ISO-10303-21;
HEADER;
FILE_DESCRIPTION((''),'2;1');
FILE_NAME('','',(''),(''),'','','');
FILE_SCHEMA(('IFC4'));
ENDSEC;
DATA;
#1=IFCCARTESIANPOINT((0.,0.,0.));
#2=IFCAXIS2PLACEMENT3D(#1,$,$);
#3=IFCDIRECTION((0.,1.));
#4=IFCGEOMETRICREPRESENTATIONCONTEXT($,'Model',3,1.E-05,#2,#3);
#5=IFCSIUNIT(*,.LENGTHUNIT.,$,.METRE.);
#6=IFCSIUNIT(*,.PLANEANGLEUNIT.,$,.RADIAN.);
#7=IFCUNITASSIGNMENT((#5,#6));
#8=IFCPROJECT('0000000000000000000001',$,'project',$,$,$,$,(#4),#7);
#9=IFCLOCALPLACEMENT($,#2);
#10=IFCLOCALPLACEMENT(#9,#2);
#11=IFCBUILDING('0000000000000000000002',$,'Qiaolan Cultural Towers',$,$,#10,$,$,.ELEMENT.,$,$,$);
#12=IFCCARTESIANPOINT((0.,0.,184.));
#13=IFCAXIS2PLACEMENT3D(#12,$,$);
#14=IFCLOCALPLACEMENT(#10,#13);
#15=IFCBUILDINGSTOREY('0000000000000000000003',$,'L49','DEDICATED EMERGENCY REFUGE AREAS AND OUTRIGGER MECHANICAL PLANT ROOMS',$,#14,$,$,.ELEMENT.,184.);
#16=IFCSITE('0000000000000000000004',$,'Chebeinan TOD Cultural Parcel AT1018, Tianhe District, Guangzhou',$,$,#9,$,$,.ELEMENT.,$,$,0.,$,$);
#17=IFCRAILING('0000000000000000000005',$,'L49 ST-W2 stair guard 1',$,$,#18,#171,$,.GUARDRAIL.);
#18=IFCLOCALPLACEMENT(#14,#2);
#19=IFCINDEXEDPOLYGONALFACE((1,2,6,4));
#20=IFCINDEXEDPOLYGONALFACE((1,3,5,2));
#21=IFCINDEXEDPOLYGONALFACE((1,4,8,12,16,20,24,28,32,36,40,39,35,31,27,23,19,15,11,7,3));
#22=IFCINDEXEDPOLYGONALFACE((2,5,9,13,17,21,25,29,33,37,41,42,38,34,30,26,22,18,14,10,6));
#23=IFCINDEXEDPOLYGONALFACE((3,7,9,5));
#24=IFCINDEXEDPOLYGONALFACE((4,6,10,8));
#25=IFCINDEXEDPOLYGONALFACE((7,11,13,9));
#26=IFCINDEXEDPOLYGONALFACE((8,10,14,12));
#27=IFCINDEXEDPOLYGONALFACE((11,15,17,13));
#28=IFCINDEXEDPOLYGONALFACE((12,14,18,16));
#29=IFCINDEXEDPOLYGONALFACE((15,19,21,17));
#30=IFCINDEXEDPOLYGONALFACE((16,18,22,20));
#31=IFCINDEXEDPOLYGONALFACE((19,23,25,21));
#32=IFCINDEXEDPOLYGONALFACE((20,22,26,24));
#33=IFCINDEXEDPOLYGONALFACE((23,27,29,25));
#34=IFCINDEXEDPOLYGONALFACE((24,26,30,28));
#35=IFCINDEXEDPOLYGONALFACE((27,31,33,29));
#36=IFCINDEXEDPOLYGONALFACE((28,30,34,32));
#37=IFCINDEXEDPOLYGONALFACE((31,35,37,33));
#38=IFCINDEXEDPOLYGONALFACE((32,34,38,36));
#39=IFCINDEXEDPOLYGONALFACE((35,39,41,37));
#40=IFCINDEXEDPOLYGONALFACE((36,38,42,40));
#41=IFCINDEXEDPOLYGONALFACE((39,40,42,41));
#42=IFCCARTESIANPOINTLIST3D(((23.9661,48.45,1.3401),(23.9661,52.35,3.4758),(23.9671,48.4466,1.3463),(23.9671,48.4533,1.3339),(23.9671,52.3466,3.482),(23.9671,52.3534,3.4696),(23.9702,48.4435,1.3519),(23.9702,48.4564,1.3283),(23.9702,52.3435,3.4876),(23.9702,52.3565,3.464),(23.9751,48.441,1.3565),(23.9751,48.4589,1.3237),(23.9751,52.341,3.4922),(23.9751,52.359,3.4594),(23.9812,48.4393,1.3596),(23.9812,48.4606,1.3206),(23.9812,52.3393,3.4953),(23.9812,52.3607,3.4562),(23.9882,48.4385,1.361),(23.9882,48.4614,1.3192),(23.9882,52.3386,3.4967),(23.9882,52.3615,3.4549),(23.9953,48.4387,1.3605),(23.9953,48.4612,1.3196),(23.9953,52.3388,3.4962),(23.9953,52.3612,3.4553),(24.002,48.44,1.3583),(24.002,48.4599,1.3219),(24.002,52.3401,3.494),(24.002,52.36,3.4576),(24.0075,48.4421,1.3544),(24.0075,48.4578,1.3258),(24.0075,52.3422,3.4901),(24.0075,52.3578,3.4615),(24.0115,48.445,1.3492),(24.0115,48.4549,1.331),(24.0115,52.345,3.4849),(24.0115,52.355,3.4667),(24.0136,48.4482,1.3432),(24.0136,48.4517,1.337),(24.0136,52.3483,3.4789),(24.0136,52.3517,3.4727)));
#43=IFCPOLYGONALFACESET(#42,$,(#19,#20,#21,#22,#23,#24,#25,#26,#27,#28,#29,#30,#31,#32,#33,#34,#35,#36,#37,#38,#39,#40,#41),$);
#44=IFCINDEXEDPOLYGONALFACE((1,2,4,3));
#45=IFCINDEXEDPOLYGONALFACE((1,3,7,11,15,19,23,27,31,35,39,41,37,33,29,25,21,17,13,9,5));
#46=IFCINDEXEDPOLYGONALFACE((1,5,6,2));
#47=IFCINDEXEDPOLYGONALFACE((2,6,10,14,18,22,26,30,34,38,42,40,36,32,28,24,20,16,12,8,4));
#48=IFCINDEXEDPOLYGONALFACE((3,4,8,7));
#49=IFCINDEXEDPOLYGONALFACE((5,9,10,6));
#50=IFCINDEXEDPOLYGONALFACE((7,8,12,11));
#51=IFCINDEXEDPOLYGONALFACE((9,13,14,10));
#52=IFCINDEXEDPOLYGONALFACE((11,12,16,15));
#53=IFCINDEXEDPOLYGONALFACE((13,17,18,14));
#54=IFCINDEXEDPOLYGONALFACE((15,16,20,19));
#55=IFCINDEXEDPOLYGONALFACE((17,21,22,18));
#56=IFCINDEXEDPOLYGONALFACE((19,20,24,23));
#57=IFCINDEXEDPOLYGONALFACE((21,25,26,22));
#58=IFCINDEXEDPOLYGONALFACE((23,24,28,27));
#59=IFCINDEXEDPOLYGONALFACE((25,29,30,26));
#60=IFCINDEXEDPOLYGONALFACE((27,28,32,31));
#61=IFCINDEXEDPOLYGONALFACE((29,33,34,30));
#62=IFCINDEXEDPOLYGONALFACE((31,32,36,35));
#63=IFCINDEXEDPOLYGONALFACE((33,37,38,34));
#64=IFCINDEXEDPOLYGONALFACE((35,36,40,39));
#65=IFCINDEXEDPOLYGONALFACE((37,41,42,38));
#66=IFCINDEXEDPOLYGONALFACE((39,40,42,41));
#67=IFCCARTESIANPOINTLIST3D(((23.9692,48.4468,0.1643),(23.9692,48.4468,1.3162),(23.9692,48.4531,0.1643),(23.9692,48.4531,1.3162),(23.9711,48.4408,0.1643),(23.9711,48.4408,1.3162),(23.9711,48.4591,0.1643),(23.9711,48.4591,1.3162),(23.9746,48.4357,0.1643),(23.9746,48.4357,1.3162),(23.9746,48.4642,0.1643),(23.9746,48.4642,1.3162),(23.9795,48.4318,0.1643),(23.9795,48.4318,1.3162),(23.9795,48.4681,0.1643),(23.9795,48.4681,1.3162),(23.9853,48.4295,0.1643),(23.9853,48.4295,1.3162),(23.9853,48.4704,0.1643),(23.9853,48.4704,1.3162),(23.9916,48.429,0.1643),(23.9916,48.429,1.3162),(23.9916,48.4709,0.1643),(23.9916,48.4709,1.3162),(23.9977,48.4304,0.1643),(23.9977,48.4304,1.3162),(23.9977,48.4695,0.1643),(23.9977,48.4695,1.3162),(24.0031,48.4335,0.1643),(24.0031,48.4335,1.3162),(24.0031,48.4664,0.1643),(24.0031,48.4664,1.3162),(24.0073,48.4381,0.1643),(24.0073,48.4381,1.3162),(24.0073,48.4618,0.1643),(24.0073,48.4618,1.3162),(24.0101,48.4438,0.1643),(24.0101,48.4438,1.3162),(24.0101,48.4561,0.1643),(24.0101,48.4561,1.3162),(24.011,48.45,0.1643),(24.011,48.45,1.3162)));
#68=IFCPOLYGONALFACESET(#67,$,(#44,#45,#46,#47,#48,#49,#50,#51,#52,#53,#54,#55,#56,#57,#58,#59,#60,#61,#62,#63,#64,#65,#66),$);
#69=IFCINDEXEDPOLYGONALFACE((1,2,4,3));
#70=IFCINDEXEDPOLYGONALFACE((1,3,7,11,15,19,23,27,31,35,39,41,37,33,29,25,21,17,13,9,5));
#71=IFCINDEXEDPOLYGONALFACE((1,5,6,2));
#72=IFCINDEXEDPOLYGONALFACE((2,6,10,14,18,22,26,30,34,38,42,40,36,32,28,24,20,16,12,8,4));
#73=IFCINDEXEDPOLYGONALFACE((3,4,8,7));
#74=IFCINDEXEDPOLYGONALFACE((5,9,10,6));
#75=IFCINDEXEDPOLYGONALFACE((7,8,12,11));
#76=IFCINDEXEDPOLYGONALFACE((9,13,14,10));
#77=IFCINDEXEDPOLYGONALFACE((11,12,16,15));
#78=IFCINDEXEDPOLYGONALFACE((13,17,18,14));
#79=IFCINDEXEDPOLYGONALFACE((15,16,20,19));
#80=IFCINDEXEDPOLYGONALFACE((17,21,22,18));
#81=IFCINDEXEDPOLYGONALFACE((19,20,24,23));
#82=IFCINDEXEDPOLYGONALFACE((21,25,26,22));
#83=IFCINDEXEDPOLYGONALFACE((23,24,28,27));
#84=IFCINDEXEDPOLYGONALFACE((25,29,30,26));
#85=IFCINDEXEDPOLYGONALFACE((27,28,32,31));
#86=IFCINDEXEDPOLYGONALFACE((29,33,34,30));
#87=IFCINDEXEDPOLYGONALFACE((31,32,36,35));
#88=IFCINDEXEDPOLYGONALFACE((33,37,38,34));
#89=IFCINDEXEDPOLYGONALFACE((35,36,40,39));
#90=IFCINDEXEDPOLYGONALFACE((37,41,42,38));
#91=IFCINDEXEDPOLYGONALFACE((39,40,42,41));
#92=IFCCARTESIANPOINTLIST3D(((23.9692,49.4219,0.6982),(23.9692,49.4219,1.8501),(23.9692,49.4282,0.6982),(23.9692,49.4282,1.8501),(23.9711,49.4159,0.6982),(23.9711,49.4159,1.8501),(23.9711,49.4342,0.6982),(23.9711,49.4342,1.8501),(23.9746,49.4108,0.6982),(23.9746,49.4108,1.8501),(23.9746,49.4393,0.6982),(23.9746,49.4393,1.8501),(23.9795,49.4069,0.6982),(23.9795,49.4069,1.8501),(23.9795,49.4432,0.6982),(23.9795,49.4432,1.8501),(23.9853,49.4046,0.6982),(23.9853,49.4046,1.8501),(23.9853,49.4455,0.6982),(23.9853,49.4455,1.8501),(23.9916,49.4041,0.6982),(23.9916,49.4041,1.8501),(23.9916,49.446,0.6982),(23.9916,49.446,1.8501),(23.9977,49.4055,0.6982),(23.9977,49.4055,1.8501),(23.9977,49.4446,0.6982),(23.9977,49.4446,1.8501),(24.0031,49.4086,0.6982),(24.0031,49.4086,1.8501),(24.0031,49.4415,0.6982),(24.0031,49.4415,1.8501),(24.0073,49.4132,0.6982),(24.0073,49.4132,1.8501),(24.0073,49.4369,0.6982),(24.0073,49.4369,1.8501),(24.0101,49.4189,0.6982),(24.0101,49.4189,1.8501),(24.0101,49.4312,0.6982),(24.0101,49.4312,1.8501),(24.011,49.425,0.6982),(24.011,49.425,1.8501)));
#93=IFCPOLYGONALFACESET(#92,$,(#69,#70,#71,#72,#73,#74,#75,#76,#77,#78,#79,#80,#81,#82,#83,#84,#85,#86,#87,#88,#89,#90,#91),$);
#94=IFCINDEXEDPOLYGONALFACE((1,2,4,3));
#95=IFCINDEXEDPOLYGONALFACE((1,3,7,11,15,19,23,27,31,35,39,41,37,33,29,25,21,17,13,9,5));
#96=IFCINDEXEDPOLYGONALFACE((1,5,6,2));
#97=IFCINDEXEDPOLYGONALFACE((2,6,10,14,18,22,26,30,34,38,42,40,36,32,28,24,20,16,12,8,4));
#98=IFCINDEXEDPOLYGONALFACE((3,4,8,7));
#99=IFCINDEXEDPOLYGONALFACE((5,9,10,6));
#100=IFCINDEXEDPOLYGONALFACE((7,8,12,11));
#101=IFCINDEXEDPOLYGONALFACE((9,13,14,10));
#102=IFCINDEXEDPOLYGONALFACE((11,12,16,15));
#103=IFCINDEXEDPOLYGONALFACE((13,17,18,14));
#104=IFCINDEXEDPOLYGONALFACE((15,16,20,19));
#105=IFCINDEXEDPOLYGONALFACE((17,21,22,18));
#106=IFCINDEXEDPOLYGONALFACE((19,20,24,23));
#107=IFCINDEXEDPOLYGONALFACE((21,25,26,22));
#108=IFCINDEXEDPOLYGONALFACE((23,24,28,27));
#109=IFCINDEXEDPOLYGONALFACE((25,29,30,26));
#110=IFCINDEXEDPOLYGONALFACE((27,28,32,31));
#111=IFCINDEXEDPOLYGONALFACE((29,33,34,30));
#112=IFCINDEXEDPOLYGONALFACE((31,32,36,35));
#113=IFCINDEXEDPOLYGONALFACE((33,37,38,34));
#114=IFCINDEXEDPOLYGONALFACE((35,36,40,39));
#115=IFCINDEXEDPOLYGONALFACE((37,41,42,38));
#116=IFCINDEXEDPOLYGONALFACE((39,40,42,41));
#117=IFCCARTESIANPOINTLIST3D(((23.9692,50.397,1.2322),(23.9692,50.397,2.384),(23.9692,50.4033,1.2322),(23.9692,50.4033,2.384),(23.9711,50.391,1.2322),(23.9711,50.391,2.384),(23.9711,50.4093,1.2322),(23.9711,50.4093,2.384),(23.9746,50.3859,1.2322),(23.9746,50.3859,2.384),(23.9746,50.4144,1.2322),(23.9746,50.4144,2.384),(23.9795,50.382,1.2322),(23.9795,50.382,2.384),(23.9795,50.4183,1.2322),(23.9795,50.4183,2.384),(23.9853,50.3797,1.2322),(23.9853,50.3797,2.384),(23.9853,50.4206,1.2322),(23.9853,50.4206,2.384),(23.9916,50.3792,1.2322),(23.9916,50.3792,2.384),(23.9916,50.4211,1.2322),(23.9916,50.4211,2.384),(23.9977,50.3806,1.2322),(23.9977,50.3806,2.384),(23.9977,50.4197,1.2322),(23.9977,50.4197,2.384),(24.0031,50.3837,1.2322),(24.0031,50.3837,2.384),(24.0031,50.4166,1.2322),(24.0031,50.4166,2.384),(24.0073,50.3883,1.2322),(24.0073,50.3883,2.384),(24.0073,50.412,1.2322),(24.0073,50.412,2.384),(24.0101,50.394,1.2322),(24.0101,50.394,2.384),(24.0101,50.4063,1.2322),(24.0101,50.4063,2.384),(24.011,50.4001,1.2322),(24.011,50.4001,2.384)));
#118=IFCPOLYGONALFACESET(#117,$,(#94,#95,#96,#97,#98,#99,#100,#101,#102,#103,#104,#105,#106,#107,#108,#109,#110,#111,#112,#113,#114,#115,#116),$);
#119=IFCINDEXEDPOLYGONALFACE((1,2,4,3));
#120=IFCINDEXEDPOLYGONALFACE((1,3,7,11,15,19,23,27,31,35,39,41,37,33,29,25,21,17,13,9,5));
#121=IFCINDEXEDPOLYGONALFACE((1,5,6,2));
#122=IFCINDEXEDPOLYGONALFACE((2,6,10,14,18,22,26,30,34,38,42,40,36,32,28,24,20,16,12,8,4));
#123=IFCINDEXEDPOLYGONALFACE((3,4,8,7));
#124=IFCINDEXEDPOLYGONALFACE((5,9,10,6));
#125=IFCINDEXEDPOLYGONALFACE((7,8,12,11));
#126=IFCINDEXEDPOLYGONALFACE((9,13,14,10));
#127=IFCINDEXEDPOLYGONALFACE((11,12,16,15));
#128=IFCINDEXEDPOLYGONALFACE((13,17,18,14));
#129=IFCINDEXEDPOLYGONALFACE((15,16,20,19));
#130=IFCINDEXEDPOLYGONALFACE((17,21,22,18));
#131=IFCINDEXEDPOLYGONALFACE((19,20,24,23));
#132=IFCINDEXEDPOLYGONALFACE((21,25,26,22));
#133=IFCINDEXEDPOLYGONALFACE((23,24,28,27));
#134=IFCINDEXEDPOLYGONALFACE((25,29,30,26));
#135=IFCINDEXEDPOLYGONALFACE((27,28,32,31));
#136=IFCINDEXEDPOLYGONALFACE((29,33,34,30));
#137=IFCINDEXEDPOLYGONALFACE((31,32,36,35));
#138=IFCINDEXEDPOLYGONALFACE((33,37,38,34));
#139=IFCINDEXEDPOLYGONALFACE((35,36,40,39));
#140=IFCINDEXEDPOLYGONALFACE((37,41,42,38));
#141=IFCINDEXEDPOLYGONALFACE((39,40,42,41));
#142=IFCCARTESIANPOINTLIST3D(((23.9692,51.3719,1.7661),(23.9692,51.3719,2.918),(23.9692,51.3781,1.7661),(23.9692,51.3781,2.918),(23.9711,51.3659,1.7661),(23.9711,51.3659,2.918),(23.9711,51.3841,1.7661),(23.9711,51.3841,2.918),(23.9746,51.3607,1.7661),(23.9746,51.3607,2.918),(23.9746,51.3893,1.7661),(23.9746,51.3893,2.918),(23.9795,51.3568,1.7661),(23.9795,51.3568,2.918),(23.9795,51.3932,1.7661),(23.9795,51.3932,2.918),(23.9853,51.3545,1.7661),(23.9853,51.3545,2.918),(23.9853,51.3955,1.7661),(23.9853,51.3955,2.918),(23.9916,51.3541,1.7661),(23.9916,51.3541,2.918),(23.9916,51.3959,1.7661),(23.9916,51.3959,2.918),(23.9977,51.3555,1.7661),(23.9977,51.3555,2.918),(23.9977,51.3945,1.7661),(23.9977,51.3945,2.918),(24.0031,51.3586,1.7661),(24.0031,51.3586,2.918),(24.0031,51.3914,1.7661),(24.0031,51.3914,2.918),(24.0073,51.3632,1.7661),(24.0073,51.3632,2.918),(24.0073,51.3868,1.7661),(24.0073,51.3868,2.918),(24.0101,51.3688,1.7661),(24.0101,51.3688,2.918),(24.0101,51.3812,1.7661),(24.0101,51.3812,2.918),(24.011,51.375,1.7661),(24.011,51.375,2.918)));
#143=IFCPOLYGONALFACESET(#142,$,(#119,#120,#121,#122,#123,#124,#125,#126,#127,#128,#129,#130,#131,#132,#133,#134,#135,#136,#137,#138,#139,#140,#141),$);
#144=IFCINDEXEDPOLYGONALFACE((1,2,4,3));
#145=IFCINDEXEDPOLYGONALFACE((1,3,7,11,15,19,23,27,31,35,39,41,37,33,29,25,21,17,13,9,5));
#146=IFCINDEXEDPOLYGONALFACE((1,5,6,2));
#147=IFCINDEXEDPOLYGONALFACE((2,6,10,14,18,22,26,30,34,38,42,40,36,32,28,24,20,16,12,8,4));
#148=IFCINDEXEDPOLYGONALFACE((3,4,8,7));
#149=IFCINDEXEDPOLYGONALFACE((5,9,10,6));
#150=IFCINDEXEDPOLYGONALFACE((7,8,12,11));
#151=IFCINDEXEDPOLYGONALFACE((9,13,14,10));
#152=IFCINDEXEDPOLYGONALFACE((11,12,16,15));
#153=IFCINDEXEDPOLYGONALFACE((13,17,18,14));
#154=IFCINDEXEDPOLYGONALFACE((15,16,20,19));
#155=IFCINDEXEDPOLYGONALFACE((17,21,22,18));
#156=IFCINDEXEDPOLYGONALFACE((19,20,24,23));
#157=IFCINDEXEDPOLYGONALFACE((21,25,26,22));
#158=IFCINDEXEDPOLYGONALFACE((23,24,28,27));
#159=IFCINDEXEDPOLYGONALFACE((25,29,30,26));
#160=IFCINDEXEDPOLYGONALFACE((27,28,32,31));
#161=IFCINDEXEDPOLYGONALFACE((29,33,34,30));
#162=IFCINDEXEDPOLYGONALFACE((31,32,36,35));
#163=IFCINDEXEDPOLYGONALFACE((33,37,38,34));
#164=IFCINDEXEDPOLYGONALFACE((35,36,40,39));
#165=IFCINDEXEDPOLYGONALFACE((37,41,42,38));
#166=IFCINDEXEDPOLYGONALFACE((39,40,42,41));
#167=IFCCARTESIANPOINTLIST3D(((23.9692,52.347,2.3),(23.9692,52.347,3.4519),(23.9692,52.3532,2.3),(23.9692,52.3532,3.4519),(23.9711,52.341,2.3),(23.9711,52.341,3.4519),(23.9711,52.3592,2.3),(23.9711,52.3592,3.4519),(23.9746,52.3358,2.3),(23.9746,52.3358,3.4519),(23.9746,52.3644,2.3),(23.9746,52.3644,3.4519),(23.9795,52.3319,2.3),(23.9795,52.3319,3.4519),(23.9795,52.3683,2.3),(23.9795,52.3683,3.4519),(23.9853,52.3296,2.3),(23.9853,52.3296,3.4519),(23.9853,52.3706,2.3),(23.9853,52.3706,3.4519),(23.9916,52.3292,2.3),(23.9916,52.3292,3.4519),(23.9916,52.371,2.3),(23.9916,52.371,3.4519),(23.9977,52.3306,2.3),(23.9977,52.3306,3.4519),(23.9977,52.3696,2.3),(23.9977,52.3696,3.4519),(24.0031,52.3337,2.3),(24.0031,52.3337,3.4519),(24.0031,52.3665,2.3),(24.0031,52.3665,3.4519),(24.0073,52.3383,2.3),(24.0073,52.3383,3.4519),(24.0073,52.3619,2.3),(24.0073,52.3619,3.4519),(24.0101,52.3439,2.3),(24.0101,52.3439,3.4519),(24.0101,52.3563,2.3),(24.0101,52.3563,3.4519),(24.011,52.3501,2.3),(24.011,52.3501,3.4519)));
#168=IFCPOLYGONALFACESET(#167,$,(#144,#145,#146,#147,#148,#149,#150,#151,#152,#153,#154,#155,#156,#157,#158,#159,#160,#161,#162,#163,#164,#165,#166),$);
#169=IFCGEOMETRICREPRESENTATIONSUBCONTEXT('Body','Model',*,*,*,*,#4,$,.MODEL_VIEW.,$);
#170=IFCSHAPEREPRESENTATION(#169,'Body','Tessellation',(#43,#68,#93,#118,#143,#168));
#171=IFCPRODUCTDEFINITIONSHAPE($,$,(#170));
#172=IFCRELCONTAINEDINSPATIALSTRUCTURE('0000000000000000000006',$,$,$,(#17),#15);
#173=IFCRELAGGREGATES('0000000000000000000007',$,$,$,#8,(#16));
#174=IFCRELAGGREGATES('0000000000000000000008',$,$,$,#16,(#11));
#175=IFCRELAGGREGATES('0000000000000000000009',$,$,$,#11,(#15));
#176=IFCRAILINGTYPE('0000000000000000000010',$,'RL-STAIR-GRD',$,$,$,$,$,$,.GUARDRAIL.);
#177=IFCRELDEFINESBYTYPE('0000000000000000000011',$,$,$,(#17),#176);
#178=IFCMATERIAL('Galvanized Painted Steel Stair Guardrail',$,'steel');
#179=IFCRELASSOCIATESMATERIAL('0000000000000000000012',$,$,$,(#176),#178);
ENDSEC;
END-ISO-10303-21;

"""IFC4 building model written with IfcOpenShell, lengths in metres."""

from ifc_helpers import new_model, si_unit, direction, frame, origin, origin_2d, place, context, subcontext, project, spatial, circle, extrude, material, type_object, element, save


model = new_model("IFC4")

# Units and contexts
model_context = context("Model", 3, precision=1e-05, world=origin(), true_north=direction((0.0, 1.0)))
body_context = subcontext(model_context, "Body", "Model", "MODEL_VIEW")
ifc_project = project(units=[si_unit("LENGTHUNIT", "METRE"), si_unit("PLANEANGLEUNIT", "RADIAN")], contexts=[model_context])

# Site, building, storey
site_placement = place(None, origin())
site = spatial("IfcSite", under=ifc_project, at=site_placement, Name="Chebeinan TOD Cultural Parcel AT1018, Tianhe District, Guangzhou", CompositionType="ELEMENT", RefElevation=0.0)
building_placement = place(site_placement, origin())
building = spatial("IfcBuilding", under=site, at=building_placement, Name="Qiaolan Cultural Towers", CompositionType="ELEMENT")
storey_placement = place(building_placement, frame((0.0, 0.0, 184.0)))
storey = spatial("IfcBuildingStorey", under=building, at=storey_placement, Name="L49", Description="DEDICATED EMERGENCY REFUGE AREAS AND OUTRIGGER MECHANICAL PLANT ROOMS", CompositionType="ELEMENT", Elevation=184.0)

# Railing
ifc_material_1 = material(Name="Galvanized Painted Steel Stair Guardrail", Category="steel")
railing_type_1 = type_object("IfcRailingType", Name="RL-STAIR-GRD", PredefinedType="GUARDRAIL", material=ifc_material_1)
railing_1_placement = place(storey_placement, frame((23.99, 48.45, 0.1643)))
element("IfcRailing", 1, at=railing_1_placement, inside=storey, type_object=railing_type_1, Name="L49 ST-W2 stair guard 1", PredefinedType="GUARDRAIL", context=body_context, shape_type="SweptSolid", body=[
    extrude(circle(Radius=0.0239, at=origin_2d()), frame((0.0, 0.0, 1.1758), z_axis=(0.0, 0.877101, 0.480306), x_axis=(-1.0, 0.0, 0.0)), (0.0, 0.0, 1.0), 4.4465),
    extrude(circle(Radius=0.021, at=origin_2d()), origin(), (0.0, 0.0, 1.0), 1.1519),
    extrude(circle(Radius=0.021, at=origin_2d()), frame((0.0, 0.9751, 0.5339)), (0.0, 0.0, 1.0), 1.1519),
    extrude(circle(Radius=0.021, at=origin_2d()), frame((0.0, 1.9502, 1.0679)), (0.0, 0.0, 1.0), 1.1519),
    extrude(circle(Radius=0.021, at=origin_2d()), frame((0.0, 2.925, 1.6018)), (0.0, 0.0, 1.0), 1.1519),
    extrude(circle(Radius=0.021, at=origin_2d()), frame((0.0, 3.9001, 2.1357)), (0.0, 0.0, 1.0), 1.1519),
])

save(model, "model.ifc")
